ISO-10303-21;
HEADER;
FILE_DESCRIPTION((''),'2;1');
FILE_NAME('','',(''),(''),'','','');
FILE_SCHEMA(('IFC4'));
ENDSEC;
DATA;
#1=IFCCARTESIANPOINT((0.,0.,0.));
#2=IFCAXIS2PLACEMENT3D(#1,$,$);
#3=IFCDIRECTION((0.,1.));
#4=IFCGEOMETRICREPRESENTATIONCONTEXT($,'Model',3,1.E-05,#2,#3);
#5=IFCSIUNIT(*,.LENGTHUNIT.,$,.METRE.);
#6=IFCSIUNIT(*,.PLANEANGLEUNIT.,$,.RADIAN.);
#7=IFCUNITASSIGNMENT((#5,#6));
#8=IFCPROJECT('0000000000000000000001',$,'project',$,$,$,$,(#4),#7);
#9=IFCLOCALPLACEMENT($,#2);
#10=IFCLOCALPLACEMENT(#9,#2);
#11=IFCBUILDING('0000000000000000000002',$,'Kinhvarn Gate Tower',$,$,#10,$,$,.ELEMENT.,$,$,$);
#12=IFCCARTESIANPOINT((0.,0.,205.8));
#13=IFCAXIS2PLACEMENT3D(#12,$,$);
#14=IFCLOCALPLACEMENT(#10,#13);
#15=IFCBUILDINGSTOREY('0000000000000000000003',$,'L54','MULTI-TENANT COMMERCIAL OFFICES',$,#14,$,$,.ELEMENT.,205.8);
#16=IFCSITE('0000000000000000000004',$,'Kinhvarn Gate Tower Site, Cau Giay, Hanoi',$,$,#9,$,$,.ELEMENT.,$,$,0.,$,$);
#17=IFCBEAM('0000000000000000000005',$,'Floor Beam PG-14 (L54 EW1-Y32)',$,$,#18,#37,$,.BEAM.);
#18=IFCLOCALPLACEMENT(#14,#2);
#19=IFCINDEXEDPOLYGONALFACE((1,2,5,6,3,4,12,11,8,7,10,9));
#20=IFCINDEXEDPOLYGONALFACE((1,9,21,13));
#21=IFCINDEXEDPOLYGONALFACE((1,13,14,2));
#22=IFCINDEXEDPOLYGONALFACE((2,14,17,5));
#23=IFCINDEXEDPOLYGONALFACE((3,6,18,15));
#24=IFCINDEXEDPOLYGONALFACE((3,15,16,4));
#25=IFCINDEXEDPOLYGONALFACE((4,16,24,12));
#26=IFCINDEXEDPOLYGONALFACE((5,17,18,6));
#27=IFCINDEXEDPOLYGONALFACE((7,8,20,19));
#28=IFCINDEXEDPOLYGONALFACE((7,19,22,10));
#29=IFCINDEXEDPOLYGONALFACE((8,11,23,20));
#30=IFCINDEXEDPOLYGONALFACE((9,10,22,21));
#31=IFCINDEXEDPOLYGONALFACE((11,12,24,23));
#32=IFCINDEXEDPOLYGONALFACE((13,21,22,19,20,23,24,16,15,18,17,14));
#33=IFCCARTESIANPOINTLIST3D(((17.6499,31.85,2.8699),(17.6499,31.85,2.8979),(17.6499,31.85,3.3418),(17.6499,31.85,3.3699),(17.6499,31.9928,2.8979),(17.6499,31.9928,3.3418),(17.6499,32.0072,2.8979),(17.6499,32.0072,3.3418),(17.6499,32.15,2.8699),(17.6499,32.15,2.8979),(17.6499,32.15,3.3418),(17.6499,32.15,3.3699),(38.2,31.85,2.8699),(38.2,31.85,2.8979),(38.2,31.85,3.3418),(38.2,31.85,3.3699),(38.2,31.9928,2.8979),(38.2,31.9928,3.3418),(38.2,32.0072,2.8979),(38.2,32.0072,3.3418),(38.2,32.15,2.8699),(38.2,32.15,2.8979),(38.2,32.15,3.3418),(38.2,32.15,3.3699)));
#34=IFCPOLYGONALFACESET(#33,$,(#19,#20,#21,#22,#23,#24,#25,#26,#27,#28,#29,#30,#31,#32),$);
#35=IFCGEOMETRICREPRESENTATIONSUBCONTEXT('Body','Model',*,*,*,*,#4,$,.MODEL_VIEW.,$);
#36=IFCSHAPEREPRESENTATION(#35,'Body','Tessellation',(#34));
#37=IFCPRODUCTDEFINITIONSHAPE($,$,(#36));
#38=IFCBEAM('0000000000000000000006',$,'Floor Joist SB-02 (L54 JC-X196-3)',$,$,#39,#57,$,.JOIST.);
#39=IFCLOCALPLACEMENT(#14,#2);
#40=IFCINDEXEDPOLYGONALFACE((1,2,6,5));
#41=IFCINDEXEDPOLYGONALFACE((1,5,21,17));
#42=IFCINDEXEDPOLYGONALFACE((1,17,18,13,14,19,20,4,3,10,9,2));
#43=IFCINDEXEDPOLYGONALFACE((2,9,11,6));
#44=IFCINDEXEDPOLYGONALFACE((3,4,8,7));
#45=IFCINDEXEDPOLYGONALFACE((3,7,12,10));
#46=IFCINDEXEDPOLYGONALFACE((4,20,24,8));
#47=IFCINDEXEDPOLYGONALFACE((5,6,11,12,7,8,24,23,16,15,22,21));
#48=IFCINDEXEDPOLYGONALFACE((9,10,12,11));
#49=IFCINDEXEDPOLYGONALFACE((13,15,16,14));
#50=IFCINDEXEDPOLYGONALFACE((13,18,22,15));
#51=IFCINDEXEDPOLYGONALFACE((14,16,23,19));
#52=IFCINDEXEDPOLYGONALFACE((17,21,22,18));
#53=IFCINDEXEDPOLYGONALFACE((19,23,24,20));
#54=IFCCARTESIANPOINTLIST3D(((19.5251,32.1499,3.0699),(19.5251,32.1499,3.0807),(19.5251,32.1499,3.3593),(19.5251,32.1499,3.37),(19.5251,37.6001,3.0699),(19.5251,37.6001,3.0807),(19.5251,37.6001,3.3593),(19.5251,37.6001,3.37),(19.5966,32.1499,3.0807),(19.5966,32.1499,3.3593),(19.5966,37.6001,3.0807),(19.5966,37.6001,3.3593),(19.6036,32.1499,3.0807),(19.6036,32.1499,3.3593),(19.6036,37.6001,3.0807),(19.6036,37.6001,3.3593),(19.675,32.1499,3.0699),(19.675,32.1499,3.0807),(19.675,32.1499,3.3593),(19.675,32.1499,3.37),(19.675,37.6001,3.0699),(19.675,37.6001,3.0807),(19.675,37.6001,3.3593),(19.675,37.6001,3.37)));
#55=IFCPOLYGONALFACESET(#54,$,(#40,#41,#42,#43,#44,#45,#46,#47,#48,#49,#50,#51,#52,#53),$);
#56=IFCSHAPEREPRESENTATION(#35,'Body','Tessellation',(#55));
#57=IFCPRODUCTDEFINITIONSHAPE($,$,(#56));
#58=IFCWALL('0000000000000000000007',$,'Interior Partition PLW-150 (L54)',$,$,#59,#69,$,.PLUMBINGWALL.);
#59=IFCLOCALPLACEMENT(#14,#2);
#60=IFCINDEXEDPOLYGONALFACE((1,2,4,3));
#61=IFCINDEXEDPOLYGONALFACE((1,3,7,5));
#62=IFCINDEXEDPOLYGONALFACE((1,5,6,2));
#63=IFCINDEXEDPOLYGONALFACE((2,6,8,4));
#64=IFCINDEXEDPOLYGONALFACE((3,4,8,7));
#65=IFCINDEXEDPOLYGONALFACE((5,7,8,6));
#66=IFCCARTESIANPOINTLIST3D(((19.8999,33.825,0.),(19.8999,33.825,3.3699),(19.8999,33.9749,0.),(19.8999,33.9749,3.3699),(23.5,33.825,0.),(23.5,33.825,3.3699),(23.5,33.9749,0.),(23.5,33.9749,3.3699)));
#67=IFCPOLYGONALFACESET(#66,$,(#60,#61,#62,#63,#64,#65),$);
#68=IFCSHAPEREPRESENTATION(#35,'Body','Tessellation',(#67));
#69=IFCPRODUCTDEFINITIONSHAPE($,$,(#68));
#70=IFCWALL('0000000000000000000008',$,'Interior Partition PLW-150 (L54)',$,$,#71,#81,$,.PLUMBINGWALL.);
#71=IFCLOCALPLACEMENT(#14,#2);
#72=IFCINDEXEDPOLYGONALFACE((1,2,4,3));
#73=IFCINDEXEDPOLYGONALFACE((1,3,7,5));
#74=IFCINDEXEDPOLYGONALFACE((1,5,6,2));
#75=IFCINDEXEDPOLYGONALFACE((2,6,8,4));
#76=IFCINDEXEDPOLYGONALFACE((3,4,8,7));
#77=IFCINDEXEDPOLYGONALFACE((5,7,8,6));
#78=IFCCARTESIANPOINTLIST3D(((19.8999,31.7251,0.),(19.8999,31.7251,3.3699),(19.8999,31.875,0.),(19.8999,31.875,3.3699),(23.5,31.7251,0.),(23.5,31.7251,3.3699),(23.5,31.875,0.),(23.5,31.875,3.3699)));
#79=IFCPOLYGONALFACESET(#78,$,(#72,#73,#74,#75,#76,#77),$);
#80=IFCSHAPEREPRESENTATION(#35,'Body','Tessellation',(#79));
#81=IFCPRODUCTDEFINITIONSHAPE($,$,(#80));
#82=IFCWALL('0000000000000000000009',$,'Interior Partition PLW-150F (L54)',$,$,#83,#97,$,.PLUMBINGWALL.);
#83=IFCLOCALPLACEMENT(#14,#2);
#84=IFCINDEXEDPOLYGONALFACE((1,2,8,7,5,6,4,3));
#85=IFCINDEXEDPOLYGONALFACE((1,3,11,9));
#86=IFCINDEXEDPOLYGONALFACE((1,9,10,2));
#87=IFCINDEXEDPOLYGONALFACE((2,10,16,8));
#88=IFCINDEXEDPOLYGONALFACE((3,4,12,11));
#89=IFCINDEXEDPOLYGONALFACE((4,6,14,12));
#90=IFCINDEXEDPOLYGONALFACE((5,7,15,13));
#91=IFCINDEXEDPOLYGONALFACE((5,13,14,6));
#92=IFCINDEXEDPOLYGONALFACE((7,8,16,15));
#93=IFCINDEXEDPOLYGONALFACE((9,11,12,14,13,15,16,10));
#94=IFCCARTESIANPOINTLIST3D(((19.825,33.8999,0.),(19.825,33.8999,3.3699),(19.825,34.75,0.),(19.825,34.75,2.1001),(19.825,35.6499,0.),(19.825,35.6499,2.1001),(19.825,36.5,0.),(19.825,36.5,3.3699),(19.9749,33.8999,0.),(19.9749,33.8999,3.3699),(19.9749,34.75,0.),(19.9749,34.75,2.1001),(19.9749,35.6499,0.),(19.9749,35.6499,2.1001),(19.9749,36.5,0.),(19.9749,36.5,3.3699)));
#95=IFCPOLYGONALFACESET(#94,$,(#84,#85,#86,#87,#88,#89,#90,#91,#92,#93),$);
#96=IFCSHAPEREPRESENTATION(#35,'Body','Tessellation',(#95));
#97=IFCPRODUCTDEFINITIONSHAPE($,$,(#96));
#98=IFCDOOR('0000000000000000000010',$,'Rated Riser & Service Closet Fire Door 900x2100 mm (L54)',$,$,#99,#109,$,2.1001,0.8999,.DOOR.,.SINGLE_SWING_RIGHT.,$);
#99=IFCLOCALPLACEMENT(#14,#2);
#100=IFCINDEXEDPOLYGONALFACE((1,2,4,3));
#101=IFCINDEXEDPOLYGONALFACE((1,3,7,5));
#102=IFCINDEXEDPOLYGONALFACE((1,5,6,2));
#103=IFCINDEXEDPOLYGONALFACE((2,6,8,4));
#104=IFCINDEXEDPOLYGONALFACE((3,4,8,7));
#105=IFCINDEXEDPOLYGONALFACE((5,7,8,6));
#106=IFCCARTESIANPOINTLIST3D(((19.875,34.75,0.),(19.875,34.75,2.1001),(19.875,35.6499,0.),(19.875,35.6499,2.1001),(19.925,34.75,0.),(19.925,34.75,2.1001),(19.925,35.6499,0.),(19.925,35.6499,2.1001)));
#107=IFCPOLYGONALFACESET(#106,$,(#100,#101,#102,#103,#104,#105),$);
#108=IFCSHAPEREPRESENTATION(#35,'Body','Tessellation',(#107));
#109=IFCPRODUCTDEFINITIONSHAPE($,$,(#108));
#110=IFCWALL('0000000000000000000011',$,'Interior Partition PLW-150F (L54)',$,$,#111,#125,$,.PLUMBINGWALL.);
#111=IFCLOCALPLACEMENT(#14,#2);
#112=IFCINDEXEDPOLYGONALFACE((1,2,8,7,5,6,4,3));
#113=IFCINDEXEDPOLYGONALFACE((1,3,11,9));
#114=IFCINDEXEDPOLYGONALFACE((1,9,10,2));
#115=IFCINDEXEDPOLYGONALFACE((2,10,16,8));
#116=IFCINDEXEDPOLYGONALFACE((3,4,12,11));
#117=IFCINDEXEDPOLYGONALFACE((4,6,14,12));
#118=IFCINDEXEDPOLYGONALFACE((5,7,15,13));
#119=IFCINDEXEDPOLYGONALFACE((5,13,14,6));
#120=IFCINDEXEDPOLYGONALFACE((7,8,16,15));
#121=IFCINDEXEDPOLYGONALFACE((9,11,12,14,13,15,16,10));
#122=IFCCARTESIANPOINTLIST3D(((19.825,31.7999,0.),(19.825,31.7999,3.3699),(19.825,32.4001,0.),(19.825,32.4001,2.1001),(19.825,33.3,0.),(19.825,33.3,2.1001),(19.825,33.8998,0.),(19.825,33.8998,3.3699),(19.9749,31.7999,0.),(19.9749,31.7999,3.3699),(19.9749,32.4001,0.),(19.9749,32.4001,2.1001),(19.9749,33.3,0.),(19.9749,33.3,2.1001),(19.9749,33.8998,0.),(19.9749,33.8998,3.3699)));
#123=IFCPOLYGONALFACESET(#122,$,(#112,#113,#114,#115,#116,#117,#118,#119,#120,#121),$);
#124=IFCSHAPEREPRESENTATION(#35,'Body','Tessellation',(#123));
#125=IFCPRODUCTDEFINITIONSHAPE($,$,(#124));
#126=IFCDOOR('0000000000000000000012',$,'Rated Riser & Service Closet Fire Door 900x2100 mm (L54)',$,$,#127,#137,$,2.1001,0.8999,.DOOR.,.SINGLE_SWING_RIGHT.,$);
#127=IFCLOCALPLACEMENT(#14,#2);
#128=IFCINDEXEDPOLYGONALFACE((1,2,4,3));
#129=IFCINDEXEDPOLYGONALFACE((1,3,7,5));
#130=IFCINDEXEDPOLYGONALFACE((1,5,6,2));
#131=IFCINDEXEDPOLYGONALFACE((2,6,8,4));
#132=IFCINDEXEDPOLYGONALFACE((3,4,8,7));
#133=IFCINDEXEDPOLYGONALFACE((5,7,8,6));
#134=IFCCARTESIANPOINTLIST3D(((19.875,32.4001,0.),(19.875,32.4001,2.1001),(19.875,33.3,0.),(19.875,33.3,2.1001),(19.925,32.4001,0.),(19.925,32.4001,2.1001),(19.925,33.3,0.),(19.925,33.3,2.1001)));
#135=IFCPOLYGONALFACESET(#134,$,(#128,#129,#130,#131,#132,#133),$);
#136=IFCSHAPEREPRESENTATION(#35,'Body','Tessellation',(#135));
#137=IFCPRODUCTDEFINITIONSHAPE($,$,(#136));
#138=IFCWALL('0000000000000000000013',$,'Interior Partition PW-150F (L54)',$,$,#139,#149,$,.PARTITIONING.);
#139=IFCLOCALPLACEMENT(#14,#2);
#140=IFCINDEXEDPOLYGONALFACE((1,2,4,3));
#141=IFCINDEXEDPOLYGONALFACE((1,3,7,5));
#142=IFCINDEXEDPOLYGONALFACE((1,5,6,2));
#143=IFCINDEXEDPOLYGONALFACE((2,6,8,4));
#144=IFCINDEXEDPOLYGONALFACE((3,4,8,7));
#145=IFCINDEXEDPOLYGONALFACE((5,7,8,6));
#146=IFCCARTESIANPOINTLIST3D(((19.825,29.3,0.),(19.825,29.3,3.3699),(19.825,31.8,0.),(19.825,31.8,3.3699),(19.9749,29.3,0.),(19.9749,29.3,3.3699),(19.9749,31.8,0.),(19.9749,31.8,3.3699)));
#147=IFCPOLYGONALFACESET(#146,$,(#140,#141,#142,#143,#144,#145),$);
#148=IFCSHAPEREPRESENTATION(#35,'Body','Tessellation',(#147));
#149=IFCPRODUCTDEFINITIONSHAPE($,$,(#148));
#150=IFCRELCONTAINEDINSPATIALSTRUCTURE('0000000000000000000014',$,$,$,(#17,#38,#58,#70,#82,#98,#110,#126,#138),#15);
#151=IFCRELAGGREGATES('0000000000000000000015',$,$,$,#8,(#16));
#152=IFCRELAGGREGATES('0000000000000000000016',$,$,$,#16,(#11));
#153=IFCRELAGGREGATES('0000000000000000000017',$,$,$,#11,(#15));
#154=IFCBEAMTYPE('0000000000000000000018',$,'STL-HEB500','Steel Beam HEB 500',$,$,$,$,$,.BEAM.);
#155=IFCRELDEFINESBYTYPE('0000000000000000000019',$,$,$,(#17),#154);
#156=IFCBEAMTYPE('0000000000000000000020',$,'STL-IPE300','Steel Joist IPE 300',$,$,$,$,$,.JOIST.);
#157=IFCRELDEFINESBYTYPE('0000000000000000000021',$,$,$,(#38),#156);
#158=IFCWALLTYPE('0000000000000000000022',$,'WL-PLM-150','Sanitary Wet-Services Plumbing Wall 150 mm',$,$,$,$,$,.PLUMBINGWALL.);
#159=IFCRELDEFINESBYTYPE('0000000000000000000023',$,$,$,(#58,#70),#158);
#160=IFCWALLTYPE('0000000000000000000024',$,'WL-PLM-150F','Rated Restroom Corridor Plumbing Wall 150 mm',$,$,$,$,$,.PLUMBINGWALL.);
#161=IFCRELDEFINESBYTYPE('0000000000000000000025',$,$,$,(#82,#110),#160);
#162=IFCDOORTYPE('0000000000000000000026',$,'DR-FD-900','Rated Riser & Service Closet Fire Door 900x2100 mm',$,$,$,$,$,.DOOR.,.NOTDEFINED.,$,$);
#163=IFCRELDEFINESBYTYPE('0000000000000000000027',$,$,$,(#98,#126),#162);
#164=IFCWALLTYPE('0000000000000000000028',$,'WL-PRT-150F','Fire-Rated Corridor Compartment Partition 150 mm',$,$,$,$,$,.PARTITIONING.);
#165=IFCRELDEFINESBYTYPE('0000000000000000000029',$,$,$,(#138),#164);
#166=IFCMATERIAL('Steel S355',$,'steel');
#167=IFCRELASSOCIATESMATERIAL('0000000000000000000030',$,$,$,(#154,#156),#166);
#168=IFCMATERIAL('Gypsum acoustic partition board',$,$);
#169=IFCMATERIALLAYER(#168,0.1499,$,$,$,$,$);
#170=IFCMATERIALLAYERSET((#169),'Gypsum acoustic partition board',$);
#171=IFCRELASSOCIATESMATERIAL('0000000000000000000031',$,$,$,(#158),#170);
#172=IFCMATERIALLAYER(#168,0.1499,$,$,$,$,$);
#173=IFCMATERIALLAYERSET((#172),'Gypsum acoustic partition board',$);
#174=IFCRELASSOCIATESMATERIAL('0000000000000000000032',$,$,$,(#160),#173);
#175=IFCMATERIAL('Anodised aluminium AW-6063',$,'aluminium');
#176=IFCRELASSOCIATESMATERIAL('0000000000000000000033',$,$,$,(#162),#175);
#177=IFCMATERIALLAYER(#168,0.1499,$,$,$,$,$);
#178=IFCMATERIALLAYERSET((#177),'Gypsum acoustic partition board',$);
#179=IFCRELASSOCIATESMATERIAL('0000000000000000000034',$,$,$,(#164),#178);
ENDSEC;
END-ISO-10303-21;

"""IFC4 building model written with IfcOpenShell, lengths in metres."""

from ifc_helpers import new_model, si_unit, direction, frame, frame_2d, origin, origin_2d, place, context, subcontext, project, spatial, rectangle, i_section, extrude, material, layer, layer_set, material_profile, profile_set, type_object, element, fill, save


model = new_model("IFC4")

# Units and contexts
model_context = context("Model", 3, precision=1e-05, world=origin(), true_north=direction((0.0, 1.0)))
body_context = subcontext(model_context, "Body", "Model", "MODEL_VIEW")
ifc_project = project(units=[si_unit("LENGTHUNIT", "METRE"), si_unit("PLANEANGLEUNIT", "RADIAN")], contexts=[model_context])

# Site, building, storey
site_placement = place(None, origin())
site = spatial("IfcSite", under=ifc_project, at=site_placement, Name="Kinhvarn Gate Tower Site, Cau Giay, Hanoi", CompositionType="ELEMENT", RefElevation=0.0)
building_placement = place(site_placement, origin())
building = spatial("IfcBuilding", under=site, at=building_placement, Name="Kinhvarn Gate Tower", CompositionType="ELEMENT")
storey_placement = place(building_placement, frame((0.0, 0.0, 205.8)))
storey = spatial("IfcBuildingStorey", under=building, at=storey_placement, Name="L54", Description="MULTI-TENANT COMMERCIAL OFFICES", CompositionType="ELEMENT", Elevation=205.8)

# Beams
ifc_material_1 = material(Name="Steel S355", Category="steel")
ifc_material_profile_1 = material_profile(ifc_material_1, i_section(OverallWidth=0.3, OverallDepth=0.5, WebThickness=0.0144, FlangeThickness=0.0281, at=origin_2d()), Name="HEB 500")
ifc_profile_set_1 = profile_set([ifc_material_profile_1], Name="Steel S355")
beam_type_1 = type_object("IfcBeamType", Name="STL-HEB500", Description="Steel Beam HEB 500", PredefinedType="BEAM", material=ifc_profile_set_1)
beam_1_placement = place(storey_placement, frame((17.6499, 32.0, 3.1199), z_axis=(1.0, 0.0, 0.0), x_axis=(0.0, 1.0, 0.0)))
element("IfcBeam", 1, at=beam_1_placement, inside=storey, type_object=beam_type_1, Name="Floor Beam PG-14 (L54 EW1-Y32)", PredefinedType="BEAM", context=body_context, shape_type="SweptSolid", body=[
    extrude(i_section(OverallWidth=0.3, OverallDepth=0.5, WebThickness=0.0144, FlangeThickness=0.0281, at=origin_2d()), origin(), (0.0, 0.0, 1.0), 20.55),
])
ifc_material_profile_2 = material_profile(ifc_material_1, i_section(OverallWidth=0.1499, OverallDepth=0.3, WebThickness=0.0071, FlangeThickness=0.0107, at=origin_2d()), Name="IPE 300")
ifc_profile_set_2 = profile_set([ifc_material_profile_2], Name="Steel S355")
beam_type_2 = type_object("IfcBeamType", Name="STL-IPE300", Description="Steel Joist IPE 300", PredefinedType="JOIST", material=ifc_profile_set_2)
beam_2_placement = place(storey_placement, frame((19.6001, 32.1499, 3.22), z_axis=(0.0, 1.0, 0.0), x_axis=(-1.0, 0.0, 0.0)))
element("IfcBeam", 2, at=beam_2_placement, inside=storey, type_object=beam_type_2, Name="Floor Joist SB-02 (L54 JC-X196-3)", PredefinedType="JOIST", context=body_context, shape_type="SweptSolid", body=[
    extrude(i_section(OverallWidth=0.1499, OverallDepth=0.3, WebThickness=0.0071, FlangeThickness=0.0107, at=origin_2d()), origin(), (0.0, 0.0, 1.0), 5.4502),
])

# Walls
ifc_material_2 = material(Name="Gypsum acoustic partition board")
ifc_layer_1 = layer(ifc_material_2, 0.1499)
ifc_layer_set_1 = layer_set([ifc_layer_1], Name="Gypsum acoustic partition board")
wall_type_1 = type_object("IfcWallType", Name="WL-PLM-150", Description="Sanitary Wet-Services Plumbing Wall 150 mm", PredefinedType="PLUMBINGWALL", material=ifc_layer_set_1)
for number, where, z_axis, x_axis, name in (
    (3, (19.8999, 33.8999, 0.0), (0.0, 0.0, 1.0), (1.0, 0.0, 0.0), "Interior Partition PLW-150 (L54)"),
    (4, (19.8999, 31.8, 0.0), (0.0, 0.0, 1.0), (1.0, 0.0, 0.0), "Interior Partition PLW-150 (L54)"),
):
    element("IfcWall", number, at=place(storey_placement, frame(where, z_axis=z_axis, x_axis=x_axis)), inside=storey, type_object=wall_type_1, Name=name, PredefinedType="PLUMBINGWALL", context=body_context, shape_type="SweptSolid", body=[
        extrude(rectangle(XDim=3.6001, YDim=0.1499, at=frame_2d((1.8, 0.0))), origin(), (0.0, 0.0, 1.0), 3.3699),
    ])

# Walls, openings, doors
ifc_layer_2 = layer(ifc_material_2, 0.1499)
ifc_layer_set_2 = layer_set([ifc_layer_2], Name="Gypsum acoustic partition board")
wall_type_2 = type_object("IfcWallType", Name="WL-PLM-150F", Description="Rated Restroom Corridor Plumbing Wall 150 mm", PredefinedType="PLUMBINGWALL", material=ifc_layer_set_2)
wall_1_placement = place(storey_placement, frame((19.8999, 33.8999, 0.0), z_axis=(0.0, 0.0, 1.0), x_axis=(0.0, 1.0, 0.0)))
wall_1 = element("IfcWall", 5, at=wall_1_placement, inside=storey, type_object=wall_type_2, Name="Interior Partition PLW-150F (L54)", PredefinedType="PLUMBINGWALL", context=body_context, shape_type="SweptSolid", body=[
    extrude(rectangle(XDim=2.6001, YDim=0.1499, at=frame_2d((1.3, 0.0))), origin(), (0.0, 0.0, 1.0), 3.3699),
])
opening_1_placement = place(wall_1_placement, frame((0.8501, 0.0, 0.0)))
opening_1 = element("IfcOpeningElement", 6, at=opening_1_placement, cuts=wall_1, PredefinedType="OPENING", context=body_context, shape_type="SweptSolid", body=[
    extrude(rectangle(XDim=0.8999, YDim=2.1001, at=frame_2d((0.45, 1.05))), frame((0.0, 0.085, 0.0), z_axis=(0.0, -1.0, 0.0), x_axis=(1.0, 0.0, 0.0)), (0.0, 0.0, 1.0), 0.1699),
])
ifc_material_3 = material(Name="Anodised aluminium AW-6063", Category="aluminium")
door_type_1 = type_object("IfcDoorType", Name="DR-FD-900", Description="Rated Riser & Service Closet Fire Door 900x2100 mm", OperationType="NOTDEFINED", PredefinedType="DOOR", material=ifc_material_3)
door_1_placement = place(opening_1_placement, origin())
door_1 = element("IfcDoor", 7, at=door_1_placement, inside=storey, type_object=door_type_1, Name="Rated Riser & Service Closet Fire Door 900x2100 mm (L54)", OperationType="SINGLE_SWING_RIGHT", OverallHeight=2.1001, OverallWidth=0.8999, PredefinedType="DOOR", context=body_context, shape_type="SweptSolid", body=[
    extrude(rectangle(XDim=0.8999, YDim=2.1001, at=frame_2d((0.45, 1.05))), frame((0.0, 0.0249, 0.0), z_axis=(0.0, -1.0, 0.0), x_axis=(1.0, 0.0, 0.0)), (0.0, 0.0, 1.0), 0.05),
])
fill(opening_1, door_1)
wall_2_placement = place(storey_placement, frame((19.8999, 31.8, 0.0), z_axis=(0.0, 0.0, 1.0), x_axis=(0.0, 1.0, 0.0)))
wall_2 = element("IfcWall", 8, at=wall_2_placement, inside=storey, type_object=wall_type_2, Name="Interior Partition PLW-150F (L54)", PredefinedType="PLUMBINGWALL", context=body_context, shape_type="SweptSolid", body=[
    extrude(rectangle(XDim=2.0999, YDim=0.1499, at=frame_2d((1.0498, 0.0))), origin(), (0.0, 0.0, 1.0), 3.3699),
])
opening_2_placement = place(wall_2_placement, frame((0.6001, 0.0, 0.0)))
opening_2 = element("IfcOpeningElement", 9, at=opening_2_placement, cuts=wall_2, PredefinedType="OPENING", context=body_context, shape_type="SweptSolid", body=[
    extrude(rectangle(XDim=0.8999, YDim=2.1001, at=frame_2d((0.45, 1.05))), frame((0.0, 0.085, 0.0), z_axis=(0.0, -1.0, 0.0), x_axis=(1.0, 0.0, 0.0)), (0.0, 0.0, 1.0), 0.1699),
])
door_2_placement = place(opening_2_placement, origin())
door_2 = element("IfcDoor", 10, at=door_2_placement, inside=storey, type_object=door_type_1, Name="Rated Riser & Service Closet Fire Door 900x2100 mm (L54)", OperationType="SINGLE_SWING_RIGHT", OverallHeight=2.1001, OverallWidth=0.8999, PredefinedType="DOOR", context=body_context, shape_type="SweptSolid", body=[
    extrude(rectangle(XDim=0.8999, YDim=2.1001, at=frame_2d((0.45, 1.05))), frame((0.0, 0.0249, 0.0), z_axis=(0.0, -1.0, 0.0), x_axis=(1.0, 0.0, 0.0)), (0.0, 0.0, 1.0), 0.05),
])
fill(opening_2, door_2)

# Wall
ifc_layer_3 = layer(ifc_material_2, 0.1499)
ifc_layer_set_3 = layer_set([ifc_layer_3], Name="Gypsum acoustic partition board")
wall_type_3 = type_object("IfcWallType", Name="WL-PRT-150F", Description="Fire-Rated Corridor Compartment Partition 150 mm", PredefinedType="PARTITIONING", material=ifc_layer_set_3)
wall_3_placement = place(storey_placement, frame((19.8999, 29.3, 0.0), z_axis=(0.0, 0.0, 1.0), x_axis=(0.0, 1.0, 0.0)))
element("IfcWall", 11, at=wall_3_placement, inside=storey, type_object=wall_type_3, Name="Interior Partition PW-150F (L54)", PredefinedType="PARTITIONING", context=body_context, shape_type="SweptSolid", body=[
    extrude(rectangle(XDim=2.5, YDim=0.1499, at=frame_2d((1.25, 0.0))), origin(), (0.0, 0.0, 1.0), 3.3699),
])

save(model, "model.ifc")
